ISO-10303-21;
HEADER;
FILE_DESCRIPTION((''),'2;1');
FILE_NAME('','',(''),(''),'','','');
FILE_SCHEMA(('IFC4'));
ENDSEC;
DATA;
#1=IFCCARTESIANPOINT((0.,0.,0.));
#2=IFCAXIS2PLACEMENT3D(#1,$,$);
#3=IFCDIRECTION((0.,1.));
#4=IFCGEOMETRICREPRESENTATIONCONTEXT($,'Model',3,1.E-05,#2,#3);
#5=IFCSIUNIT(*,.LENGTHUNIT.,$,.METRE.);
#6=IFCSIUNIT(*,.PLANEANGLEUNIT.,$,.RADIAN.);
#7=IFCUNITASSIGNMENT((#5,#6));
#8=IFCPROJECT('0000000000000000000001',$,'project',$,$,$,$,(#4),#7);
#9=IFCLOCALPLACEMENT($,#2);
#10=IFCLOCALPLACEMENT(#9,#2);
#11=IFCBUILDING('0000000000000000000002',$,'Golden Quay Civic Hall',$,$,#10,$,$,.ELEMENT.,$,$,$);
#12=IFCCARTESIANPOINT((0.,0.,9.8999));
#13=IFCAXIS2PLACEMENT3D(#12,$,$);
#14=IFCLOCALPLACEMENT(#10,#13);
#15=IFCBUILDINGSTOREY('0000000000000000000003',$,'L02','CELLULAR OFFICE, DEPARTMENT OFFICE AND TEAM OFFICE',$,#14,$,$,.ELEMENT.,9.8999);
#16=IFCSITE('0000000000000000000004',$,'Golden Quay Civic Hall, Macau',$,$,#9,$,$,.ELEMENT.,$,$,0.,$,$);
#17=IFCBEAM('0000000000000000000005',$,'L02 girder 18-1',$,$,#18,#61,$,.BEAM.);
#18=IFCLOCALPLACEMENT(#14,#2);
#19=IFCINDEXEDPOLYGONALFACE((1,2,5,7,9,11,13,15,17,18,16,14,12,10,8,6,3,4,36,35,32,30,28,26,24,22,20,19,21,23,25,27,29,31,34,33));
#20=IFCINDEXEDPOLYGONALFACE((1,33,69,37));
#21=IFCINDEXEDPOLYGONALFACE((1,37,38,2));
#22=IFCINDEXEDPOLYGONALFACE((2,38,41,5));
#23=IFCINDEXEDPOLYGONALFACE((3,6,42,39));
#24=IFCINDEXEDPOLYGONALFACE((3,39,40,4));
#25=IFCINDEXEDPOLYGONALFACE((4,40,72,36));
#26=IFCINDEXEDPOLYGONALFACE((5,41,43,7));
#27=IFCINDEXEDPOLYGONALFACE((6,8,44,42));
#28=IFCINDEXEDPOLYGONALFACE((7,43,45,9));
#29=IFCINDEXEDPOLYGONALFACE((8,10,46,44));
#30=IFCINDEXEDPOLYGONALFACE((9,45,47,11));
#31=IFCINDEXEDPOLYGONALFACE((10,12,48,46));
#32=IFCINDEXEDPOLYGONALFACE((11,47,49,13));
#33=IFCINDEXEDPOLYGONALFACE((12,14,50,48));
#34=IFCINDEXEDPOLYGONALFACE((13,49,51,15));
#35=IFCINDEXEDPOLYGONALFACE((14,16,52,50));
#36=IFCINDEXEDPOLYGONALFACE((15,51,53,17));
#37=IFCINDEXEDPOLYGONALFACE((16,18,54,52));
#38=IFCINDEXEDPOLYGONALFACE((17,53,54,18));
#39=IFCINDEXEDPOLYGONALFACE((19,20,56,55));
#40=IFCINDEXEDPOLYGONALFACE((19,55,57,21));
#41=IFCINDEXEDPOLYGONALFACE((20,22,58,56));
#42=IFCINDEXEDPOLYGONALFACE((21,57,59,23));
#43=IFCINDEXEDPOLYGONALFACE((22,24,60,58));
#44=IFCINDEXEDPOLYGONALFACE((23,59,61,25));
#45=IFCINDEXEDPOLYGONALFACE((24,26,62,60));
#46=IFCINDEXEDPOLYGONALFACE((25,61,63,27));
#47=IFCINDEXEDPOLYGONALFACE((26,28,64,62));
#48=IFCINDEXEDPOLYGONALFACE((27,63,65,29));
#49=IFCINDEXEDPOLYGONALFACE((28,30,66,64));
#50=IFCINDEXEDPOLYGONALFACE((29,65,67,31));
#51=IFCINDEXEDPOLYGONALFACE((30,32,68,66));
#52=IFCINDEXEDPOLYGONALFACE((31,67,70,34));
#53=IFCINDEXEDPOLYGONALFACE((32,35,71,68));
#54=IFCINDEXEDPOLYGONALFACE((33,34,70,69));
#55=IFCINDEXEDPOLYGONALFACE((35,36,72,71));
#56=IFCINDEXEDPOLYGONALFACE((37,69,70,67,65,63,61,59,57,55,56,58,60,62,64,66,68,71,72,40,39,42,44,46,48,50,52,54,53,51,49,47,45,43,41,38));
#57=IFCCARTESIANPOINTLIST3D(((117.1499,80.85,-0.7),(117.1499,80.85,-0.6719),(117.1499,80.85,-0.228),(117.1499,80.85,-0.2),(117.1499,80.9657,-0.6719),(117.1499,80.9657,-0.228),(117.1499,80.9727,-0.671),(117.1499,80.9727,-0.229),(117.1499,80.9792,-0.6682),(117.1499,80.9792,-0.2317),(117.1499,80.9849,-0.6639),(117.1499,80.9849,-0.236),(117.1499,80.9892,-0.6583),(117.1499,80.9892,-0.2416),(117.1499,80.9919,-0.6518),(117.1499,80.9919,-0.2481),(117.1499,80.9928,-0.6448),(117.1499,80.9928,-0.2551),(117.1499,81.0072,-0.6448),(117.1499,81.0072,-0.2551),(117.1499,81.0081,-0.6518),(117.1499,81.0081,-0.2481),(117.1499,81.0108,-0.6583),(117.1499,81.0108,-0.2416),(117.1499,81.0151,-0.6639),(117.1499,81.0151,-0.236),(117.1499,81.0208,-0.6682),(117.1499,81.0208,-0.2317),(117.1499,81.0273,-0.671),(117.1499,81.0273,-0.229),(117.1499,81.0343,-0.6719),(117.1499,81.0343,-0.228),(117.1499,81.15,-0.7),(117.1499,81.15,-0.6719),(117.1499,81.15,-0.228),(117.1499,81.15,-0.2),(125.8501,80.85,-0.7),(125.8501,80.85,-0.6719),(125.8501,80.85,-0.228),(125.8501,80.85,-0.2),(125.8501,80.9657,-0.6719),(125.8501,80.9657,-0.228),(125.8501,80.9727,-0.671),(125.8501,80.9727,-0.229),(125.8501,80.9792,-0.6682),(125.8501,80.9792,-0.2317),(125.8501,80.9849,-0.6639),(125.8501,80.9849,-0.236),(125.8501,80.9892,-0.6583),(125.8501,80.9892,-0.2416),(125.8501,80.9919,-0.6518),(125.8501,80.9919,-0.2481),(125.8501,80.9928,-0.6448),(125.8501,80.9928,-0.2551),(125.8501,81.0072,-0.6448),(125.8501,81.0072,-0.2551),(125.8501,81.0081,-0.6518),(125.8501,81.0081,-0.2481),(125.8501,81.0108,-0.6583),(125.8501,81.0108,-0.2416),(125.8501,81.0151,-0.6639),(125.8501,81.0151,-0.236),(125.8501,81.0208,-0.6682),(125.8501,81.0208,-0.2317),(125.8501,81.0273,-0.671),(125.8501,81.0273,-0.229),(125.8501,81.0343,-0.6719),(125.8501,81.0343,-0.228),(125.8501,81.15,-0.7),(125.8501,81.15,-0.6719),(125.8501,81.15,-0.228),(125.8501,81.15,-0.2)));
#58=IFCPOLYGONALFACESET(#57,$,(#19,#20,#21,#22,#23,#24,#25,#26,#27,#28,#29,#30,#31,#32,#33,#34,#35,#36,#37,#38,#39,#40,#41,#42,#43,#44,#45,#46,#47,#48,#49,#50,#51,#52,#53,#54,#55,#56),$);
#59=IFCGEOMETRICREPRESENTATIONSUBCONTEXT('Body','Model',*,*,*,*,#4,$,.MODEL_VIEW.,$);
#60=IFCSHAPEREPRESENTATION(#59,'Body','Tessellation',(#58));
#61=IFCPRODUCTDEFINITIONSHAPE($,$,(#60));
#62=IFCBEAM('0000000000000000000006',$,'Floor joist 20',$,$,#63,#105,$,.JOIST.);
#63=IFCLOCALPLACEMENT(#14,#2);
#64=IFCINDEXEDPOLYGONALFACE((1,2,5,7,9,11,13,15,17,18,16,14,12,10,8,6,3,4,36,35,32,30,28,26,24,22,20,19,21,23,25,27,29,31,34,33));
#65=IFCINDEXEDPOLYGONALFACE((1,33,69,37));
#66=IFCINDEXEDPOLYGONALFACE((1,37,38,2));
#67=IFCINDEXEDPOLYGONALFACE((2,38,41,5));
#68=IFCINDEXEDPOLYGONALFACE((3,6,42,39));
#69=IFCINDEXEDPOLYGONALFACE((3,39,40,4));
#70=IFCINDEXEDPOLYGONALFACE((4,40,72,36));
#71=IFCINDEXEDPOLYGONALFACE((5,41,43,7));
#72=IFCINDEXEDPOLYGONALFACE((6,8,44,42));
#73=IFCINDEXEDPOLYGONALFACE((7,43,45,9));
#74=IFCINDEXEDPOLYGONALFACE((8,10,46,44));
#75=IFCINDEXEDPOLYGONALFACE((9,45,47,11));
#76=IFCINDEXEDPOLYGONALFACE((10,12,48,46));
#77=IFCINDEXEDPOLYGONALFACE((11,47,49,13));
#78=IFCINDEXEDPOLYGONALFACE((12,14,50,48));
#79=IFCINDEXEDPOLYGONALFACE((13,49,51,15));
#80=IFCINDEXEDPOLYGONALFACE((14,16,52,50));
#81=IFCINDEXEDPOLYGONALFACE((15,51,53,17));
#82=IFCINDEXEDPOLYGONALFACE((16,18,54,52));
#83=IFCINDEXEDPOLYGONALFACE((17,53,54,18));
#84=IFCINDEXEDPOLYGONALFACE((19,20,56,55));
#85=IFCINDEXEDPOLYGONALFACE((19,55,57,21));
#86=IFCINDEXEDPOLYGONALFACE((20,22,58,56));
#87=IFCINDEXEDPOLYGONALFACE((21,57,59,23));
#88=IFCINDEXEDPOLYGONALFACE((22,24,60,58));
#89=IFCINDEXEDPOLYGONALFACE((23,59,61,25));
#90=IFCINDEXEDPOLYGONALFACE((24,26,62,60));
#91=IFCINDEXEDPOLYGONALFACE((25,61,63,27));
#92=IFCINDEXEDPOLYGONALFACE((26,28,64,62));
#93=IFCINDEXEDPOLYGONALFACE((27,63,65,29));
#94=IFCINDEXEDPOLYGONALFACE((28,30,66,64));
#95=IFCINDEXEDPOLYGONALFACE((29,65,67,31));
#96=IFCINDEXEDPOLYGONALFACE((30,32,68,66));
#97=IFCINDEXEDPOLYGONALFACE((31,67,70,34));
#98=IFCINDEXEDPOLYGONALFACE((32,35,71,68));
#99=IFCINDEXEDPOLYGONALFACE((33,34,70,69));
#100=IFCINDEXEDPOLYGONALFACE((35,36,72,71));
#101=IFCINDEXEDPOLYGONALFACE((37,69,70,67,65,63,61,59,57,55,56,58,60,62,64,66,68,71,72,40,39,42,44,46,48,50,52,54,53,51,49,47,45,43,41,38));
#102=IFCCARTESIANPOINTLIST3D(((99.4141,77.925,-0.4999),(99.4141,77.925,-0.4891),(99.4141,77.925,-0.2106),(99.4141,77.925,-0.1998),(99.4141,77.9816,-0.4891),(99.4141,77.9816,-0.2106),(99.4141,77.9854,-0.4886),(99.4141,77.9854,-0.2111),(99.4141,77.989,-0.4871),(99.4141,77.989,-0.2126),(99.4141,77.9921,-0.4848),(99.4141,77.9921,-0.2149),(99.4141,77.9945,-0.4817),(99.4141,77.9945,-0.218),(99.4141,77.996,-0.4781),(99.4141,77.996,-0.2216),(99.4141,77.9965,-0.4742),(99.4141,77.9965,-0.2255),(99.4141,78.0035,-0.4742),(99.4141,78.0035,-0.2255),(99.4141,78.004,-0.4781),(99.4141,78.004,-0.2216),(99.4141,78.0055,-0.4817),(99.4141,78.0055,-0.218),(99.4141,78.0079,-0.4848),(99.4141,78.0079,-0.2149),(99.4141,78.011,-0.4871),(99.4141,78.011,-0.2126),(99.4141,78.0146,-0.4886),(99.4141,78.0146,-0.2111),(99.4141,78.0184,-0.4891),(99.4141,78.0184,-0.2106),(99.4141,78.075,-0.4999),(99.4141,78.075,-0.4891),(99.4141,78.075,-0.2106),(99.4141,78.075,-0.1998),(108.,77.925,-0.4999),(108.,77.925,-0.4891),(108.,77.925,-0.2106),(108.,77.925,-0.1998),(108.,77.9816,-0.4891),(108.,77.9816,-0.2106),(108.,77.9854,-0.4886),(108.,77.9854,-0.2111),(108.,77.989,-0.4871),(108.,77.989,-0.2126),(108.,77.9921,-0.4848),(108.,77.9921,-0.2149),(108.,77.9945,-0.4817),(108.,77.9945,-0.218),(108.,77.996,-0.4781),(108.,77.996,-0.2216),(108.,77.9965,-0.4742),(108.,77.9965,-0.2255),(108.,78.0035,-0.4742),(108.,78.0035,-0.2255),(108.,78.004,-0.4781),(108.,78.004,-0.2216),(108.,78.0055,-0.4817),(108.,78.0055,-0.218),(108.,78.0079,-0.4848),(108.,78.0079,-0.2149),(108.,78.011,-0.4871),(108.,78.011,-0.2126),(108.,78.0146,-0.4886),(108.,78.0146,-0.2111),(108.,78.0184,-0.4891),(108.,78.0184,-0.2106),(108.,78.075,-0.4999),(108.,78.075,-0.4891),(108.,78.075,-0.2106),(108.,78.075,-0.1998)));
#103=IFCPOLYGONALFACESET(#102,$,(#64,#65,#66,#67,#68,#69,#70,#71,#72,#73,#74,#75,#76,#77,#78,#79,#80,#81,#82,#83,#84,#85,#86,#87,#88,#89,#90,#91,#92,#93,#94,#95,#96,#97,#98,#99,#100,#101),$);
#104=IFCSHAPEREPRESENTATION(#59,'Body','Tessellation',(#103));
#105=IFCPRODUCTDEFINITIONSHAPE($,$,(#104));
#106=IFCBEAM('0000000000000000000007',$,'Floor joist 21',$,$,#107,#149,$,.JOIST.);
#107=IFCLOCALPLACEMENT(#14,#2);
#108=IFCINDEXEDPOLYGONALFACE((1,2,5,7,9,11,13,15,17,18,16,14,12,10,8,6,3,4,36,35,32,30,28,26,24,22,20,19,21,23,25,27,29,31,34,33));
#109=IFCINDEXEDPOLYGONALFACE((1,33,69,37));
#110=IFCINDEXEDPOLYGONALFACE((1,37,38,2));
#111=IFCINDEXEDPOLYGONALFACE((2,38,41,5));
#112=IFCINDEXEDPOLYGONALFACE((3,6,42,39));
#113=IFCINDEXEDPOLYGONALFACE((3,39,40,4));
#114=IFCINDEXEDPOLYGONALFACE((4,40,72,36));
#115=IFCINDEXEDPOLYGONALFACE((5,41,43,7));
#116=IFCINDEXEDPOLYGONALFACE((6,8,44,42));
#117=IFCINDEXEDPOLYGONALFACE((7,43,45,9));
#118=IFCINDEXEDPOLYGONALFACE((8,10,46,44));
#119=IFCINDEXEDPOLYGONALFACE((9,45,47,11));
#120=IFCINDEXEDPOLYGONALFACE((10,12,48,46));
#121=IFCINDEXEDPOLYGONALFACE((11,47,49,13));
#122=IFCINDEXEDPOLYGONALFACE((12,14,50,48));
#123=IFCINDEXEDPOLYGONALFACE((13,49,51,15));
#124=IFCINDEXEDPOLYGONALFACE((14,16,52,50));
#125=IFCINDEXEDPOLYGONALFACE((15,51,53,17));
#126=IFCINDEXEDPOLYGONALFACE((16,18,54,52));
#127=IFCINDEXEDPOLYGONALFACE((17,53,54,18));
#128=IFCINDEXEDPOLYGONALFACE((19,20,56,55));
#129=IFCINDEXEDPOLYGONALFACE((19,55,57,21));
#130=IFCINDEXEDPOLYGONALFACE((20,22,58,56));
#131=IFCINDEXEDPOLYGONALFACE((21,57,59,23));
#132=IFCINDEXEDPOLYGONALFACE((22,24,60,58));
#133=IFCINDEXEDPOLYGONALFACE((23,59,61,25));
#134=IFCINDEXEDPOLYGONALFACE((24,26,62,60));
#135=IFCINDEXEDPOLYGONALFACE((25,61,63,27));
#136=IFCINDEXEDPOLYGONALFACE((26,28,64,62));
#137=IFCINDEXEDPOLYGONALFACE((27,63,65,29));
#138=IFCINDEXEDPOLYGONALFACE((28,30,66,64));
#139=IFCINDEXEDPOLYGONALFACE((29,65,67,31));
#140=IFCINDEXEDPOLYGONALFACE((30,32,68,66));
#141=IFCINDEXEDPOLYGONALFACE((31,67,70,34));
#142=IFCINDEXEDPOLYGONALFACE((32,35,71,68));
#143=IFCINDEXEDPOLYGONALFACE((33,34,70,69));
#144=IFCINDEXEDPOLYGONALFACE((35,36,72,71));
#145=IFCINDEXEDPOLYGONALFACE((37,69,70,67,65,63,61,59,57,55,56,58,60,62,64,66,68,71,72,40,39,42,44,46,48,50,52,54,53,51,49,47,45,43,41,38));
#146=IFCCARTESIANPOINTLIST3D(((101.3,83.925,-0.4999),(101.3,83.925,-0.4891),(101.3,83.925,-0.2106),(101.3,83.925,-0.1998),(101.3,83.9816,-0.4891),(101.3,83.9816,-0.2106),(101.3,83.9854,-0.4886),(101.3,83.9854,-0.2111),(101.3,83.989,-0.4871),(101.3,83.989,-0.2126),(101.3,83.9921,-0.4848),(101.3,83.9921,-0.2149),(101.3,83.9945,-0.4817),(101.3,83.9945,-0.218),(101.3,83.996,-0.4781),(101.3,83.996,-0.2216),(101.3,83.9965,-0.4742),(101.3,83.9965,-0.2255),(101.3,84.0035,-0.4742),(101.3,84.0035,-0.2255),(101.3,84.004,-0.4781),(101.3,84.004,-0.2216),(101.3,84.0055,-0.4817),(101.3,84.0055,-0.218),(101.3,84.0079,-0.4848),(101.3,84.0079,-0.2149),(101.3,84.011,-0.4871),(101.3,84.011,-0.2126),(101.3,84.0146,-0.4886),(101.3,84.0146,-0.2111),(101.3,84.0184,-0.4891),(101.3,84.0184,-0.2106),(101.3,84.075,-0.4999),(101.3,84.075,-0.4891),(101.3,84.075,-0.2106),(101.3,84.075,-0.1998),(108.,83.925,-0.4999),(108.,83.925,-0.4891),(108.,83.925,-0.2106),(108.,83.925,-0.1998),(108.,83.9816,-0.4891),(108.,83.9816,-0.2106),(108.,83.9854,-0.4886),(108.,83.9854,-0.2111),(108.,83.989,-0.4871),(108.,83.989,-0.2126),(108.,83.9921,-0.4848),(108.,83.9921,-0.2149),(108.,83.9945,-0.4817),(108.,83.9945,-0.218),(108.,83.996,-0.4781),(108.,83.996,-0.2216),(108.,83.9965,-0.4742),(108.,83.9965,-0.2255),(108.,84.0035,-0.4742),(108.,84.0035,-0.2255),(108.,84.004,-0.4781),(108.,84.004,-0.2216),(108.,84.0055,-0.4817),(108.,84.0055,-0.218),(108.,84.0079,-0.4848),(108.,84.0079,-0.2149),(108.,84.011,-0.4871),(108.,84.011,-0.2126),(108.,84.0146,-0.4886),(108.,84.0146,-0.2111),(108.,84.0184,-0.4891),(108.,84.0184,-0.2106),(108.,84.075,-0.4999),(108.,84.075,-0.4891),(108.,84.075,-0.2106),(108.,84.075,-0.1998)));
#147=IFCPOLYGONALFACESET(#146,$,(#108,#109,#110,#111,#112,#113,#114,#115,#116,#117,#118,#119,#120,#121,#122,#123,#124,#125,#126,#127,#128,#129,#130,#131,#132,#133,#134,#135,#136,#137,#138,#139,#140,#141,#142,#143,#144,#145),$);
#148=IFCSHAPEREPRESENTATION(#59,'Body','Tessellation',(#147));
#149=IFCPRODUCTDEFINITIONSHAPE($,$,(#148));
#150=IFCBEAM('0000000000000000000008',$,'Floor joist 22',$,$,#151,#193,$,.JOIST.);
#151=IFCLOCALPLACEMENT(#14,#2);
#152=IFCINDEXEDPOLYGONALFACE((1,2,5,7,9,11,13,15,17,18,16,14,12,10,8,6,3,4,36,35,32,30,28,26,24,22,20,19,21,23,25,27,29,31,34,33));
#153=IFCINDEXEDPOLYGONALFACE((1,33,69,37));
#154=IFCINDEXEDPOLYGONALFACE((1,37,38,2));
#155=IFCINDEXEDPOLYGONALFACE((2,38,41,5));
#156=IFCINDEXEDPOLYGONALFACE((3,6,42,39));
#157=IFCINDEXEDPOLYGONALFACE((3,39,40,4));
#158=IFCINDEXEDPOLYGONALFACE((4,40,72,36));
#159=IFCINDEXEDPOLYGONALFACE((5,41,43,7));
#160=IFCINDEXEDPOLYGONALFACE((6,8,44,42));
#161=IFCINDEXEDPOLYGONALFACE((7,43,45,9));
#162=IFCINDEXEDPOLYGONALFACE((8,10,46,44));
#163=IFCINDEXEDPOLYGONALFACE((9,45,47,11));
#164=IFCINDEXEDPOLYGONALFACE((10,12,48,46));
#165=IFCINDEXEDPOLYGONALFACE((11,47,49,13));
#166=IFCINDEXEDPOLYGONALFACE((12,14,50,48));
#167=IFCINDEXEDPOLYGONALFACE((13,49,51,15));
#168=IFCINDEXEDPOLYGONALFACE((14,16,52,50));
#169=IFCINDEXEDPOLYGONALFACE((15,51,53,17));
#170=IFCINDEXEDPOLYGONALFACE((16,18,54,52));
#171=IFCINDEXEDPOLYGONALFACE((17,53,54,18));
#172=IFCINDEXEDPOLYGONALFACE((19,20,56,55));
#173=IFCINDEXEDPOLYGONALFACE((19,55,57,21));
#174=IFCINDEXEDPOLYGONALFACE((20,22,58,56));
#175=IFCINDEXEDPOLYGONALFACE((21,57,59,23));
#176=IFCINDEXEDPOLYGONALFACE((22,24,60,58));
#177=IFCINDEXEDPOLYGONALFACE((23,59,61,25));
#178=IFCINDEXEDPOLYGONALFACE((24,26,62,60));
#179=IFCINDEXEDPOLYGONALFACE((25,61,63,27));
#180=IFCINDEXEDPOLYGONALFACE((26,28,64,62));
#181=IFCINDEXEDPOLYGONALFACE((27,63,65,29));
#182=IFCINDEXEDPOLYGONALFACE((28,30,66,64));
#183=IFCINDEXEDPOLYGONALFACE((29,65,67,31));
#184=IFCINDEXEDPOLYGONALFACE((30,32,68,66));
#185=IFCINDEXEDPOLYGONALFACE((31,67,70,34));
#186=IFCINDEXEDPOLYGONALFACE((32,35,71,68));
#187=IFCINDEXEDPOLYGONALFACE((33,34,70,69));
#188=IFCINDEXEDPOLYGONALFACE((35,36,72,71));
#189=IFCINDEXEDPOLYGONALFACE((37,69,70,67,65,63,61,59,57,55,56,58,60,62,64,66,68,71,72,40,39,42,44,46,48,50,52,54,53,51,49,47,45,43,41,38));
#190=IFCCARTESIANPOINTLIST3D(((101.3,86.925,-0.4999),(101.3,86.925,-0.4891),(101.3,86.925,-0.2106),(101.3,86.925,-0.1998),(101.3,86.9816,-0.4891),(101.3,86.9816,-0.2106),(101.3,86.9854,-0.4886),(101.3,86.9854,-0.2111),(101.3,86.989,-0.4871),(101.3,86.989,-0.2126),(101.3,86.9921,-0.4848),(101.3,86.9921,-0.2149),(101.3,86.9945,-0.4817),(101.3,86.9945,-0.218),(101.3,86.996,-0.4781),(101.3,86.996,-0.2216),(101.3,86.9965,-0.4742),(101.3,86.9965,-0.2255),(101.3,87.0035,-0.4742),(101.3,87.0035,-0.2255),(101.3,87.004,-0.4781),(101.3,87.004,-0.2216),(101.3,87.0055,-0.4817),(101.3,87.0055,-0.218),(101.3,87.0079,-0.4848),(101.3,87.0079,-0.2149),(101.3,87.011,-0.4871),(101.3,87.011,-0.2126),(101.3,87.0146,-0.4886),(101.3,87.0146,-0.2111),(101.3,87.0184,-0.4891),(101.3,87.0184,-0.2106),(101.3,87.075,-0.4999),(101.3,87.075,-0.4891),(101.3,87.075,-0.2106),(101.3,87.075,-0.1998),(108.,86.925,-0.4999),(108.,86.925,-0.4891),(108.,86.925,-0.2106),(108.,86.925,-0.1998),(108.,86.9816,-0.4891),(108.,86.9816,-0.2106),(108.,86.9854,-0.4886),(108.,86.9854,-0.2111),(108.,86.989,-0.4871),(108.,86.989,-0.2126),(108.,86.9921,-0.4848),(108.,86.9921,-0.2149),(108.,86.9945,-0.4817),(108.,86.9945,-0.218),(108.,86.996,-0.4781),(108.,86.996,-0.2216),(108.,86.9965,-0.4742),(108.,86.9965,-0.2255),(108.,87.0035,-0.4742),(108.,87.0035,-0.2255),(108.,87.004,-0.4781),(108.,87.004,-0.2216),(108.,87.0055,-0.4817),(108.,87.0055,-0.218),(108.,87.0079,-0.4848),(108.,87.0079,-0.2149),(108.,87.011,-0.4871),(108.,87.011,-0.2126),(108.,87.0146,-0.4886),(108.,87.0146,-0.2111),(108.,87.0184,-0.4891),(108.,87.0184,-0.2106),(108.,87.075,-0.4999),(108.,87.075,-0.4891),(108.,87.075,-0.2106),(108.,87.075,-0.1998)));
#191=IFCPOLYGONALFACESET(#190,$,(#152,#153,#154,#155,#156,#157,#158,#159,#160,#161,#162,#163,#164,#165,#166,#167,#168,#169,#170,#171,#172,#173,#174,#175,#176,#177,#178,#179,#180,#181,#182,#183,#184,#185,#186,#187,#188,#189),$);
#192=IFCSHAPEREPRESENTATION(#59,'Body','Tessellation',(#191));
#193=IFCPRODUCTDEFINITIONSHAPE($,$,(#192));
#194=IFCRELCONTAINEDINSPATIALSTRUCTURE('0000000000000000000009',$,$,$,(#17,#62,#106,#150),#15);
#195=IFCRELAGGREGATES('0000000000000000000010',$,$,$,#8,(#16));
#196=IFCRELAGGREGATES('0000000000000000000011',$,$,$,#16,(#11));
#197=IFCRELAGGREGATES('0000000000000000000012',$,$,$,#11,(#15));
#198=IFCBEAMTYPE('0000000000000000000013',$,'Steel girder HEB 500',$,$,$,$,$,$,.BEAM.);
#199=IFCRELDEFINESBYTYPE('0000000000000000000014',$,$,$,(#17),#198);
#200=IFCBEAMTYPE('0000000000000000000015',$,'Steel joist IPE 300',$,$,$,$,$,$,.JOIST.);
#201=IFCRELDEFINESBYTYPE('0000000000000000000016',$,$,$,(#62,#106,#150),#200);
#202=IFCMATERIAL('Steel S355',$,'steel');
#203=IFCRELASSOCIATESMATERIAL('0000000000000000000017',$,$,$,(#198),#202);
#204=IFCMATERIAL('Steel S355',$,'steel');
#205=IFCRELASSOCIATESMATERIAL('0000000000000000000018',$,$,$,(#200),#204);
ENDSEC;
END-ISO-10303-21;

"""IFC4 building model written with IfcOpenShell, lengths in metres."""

from ifc_helpers import new_model, si_unit, direction, frame, origin, origin_2d, place, context, subcontext, project, spatial, i_section, extrude, material, material_profile, profile_set, type_object, element, save


model = new_model("IFC4")

# Units and contexts
model_context = context("Model", 3, precision=1e-05, world=origin(), true_north=direction((0.0, 1.0)))
body_context = subcontext(model_context, "Body", "Model", "MODEL_VIEW")
ifc_project = project(units=[si_unit("LENGTHUNIT", "METRE"), si_unit("PLANEANGLEUNIT", "RADIAN")], contexts=[model_context])

# Site, building, storey
site_placement = place(None, origin())
site = spatial("IfcSite", under=ifc_project, at=site_placement, Name="Golden Quay Civic Hall, Macau", CompositionType="ELEMENT", RefElevation=0.0)
building_placement = place(site_placement, origin())
building = spatial("IfcBuilding", under=site, at=building_placement, Name="Golden Quay Civic Hall", CompositionType="ELEMENT")
storey_placement = place(building_placement, frame((0.0, 0.0, 9.8999)))
storey = spatial("IfcBuildingStorey", under=building, at=storey_placement, Name="L02", Description="CELLULAR OFFICE, DEPARTMENT OFFICE AND TEAM OFFICE", CompositionType="ELEMENT", Elevation=9.8999)

# Beams
ifc_material_1 = material(Name="Steel S355", Category="steel")
ifc_material_profile_1 = material_profile(ifc_material_1, i_section(OverallWidth=0.3, OverallDepth=0.5, WebThickness=0.0144, FlangeThickness=0.0281, FilletRadius=0.0271, at=origin_2d()), Name="HEB 500")
ifc_profile_set_1 = profile_set([ifc_material_profile_1], Name="Steel S355")
beam_type_1 = type_object("IfcBeamType", Name="Steel girder HEB 500", PredefinedType="BEAM", material=ifc_profile_set_1)
beam_1_placement = place(storey_placement, frame((117.1499, 81.0, -0.45), z_axis=(1.0, 0.0, 0.0), x_axis=(0.0, 1.0, 0.0)))
element("IfcBeam", 1, at=beam_1_placement, inside=storey, type_object=beam_type_1, Name="L02 girder 18-1", PredefinedType="BEAM", context=body_context, shape_type="SweptSolid", body=[
    extrude(i_section(OverallWidth=0.3, OverallDepth=0.5, WebThickness=0.0144, FlangeThickness=0.0281, FilletRadius=0.0271, at=origin_2d()), origin(), (0.0, 0.0, 1.0), 8.7002),
])
ifc_material_2 = material(Name="Steel S355", Category="steel")
ifc_material_profile_2 = material_profile(ifc_material_2, i_section(OverallWidth=0.1499, OverallDepth=0.3, WebThickness=0.0071, FlangeThickness=0.0107, FilletRadius=0.0149, at=origin_2d()), Name="IPE 300")
ifc_profile_set_2 = profile_set([ifc_material_profile_2], Name="Steel S355")
beam_type_2 = type_object("IfcBeamType", Name="Steel joist IPE 300", PredefinedType="JOIST", material=ifc_profile_set_2)
beam_2_placement = place(storey_placement, frame((108.0, 78.0, -0.3499), z_axis=(-1.0, 0.0, 0.0), x_axis=(0.0, -1.0, 0.0)))
element("IfcBeam", 2, at=beam_2_placement, inside=storey, type_object=beam_type_2, Name="Floor joist 20", PredefinedType="JOIST", context=body_context, shape_type="SweptSolid", body=[
    extrude(i_section(OverallWidth=0.1499, OverallDepth=0.3, WebThickness=0.0071, FlangeThickness=0.0107, FilletRadius=0.0149, at=origin_2d()), origin(), (0.0, 0.0, 1.0), 8.5859),
])
for number, where, z_axis, x_axis, name in (
    (3, (108.0, 84.0, -0.3499), (-1.0, 0.0, 0.0), (0.0, -1.0, 0.0), "Floor joist 21"),
    (4, (108.0, 87.0, -0.3499), (-1.0, 0.0, 0.0), (0.0, -1.0, 0.0), "Floor joist 22"),
):
    element("IfcBeam", number, at=place(storey_placement, frame(where, z_axis=z_axis, x_axis=x_axis)), inside=storey, type_object=beam_type_2, Name=name, PredefinedType="JOIST", context=body_context, shape_type="SweptSolid", body=[
        extrude(i_section(OverallWidth=0.1499, OverallDepth=0.3, WebThickness=0.0071, FlangeThickness=0.0107, FilletRadius=0.0149, at=origin_2d()), origin(), (0.0, 0.0, 1.0), 6.7),
    ])

save(model, "model.ifc")
